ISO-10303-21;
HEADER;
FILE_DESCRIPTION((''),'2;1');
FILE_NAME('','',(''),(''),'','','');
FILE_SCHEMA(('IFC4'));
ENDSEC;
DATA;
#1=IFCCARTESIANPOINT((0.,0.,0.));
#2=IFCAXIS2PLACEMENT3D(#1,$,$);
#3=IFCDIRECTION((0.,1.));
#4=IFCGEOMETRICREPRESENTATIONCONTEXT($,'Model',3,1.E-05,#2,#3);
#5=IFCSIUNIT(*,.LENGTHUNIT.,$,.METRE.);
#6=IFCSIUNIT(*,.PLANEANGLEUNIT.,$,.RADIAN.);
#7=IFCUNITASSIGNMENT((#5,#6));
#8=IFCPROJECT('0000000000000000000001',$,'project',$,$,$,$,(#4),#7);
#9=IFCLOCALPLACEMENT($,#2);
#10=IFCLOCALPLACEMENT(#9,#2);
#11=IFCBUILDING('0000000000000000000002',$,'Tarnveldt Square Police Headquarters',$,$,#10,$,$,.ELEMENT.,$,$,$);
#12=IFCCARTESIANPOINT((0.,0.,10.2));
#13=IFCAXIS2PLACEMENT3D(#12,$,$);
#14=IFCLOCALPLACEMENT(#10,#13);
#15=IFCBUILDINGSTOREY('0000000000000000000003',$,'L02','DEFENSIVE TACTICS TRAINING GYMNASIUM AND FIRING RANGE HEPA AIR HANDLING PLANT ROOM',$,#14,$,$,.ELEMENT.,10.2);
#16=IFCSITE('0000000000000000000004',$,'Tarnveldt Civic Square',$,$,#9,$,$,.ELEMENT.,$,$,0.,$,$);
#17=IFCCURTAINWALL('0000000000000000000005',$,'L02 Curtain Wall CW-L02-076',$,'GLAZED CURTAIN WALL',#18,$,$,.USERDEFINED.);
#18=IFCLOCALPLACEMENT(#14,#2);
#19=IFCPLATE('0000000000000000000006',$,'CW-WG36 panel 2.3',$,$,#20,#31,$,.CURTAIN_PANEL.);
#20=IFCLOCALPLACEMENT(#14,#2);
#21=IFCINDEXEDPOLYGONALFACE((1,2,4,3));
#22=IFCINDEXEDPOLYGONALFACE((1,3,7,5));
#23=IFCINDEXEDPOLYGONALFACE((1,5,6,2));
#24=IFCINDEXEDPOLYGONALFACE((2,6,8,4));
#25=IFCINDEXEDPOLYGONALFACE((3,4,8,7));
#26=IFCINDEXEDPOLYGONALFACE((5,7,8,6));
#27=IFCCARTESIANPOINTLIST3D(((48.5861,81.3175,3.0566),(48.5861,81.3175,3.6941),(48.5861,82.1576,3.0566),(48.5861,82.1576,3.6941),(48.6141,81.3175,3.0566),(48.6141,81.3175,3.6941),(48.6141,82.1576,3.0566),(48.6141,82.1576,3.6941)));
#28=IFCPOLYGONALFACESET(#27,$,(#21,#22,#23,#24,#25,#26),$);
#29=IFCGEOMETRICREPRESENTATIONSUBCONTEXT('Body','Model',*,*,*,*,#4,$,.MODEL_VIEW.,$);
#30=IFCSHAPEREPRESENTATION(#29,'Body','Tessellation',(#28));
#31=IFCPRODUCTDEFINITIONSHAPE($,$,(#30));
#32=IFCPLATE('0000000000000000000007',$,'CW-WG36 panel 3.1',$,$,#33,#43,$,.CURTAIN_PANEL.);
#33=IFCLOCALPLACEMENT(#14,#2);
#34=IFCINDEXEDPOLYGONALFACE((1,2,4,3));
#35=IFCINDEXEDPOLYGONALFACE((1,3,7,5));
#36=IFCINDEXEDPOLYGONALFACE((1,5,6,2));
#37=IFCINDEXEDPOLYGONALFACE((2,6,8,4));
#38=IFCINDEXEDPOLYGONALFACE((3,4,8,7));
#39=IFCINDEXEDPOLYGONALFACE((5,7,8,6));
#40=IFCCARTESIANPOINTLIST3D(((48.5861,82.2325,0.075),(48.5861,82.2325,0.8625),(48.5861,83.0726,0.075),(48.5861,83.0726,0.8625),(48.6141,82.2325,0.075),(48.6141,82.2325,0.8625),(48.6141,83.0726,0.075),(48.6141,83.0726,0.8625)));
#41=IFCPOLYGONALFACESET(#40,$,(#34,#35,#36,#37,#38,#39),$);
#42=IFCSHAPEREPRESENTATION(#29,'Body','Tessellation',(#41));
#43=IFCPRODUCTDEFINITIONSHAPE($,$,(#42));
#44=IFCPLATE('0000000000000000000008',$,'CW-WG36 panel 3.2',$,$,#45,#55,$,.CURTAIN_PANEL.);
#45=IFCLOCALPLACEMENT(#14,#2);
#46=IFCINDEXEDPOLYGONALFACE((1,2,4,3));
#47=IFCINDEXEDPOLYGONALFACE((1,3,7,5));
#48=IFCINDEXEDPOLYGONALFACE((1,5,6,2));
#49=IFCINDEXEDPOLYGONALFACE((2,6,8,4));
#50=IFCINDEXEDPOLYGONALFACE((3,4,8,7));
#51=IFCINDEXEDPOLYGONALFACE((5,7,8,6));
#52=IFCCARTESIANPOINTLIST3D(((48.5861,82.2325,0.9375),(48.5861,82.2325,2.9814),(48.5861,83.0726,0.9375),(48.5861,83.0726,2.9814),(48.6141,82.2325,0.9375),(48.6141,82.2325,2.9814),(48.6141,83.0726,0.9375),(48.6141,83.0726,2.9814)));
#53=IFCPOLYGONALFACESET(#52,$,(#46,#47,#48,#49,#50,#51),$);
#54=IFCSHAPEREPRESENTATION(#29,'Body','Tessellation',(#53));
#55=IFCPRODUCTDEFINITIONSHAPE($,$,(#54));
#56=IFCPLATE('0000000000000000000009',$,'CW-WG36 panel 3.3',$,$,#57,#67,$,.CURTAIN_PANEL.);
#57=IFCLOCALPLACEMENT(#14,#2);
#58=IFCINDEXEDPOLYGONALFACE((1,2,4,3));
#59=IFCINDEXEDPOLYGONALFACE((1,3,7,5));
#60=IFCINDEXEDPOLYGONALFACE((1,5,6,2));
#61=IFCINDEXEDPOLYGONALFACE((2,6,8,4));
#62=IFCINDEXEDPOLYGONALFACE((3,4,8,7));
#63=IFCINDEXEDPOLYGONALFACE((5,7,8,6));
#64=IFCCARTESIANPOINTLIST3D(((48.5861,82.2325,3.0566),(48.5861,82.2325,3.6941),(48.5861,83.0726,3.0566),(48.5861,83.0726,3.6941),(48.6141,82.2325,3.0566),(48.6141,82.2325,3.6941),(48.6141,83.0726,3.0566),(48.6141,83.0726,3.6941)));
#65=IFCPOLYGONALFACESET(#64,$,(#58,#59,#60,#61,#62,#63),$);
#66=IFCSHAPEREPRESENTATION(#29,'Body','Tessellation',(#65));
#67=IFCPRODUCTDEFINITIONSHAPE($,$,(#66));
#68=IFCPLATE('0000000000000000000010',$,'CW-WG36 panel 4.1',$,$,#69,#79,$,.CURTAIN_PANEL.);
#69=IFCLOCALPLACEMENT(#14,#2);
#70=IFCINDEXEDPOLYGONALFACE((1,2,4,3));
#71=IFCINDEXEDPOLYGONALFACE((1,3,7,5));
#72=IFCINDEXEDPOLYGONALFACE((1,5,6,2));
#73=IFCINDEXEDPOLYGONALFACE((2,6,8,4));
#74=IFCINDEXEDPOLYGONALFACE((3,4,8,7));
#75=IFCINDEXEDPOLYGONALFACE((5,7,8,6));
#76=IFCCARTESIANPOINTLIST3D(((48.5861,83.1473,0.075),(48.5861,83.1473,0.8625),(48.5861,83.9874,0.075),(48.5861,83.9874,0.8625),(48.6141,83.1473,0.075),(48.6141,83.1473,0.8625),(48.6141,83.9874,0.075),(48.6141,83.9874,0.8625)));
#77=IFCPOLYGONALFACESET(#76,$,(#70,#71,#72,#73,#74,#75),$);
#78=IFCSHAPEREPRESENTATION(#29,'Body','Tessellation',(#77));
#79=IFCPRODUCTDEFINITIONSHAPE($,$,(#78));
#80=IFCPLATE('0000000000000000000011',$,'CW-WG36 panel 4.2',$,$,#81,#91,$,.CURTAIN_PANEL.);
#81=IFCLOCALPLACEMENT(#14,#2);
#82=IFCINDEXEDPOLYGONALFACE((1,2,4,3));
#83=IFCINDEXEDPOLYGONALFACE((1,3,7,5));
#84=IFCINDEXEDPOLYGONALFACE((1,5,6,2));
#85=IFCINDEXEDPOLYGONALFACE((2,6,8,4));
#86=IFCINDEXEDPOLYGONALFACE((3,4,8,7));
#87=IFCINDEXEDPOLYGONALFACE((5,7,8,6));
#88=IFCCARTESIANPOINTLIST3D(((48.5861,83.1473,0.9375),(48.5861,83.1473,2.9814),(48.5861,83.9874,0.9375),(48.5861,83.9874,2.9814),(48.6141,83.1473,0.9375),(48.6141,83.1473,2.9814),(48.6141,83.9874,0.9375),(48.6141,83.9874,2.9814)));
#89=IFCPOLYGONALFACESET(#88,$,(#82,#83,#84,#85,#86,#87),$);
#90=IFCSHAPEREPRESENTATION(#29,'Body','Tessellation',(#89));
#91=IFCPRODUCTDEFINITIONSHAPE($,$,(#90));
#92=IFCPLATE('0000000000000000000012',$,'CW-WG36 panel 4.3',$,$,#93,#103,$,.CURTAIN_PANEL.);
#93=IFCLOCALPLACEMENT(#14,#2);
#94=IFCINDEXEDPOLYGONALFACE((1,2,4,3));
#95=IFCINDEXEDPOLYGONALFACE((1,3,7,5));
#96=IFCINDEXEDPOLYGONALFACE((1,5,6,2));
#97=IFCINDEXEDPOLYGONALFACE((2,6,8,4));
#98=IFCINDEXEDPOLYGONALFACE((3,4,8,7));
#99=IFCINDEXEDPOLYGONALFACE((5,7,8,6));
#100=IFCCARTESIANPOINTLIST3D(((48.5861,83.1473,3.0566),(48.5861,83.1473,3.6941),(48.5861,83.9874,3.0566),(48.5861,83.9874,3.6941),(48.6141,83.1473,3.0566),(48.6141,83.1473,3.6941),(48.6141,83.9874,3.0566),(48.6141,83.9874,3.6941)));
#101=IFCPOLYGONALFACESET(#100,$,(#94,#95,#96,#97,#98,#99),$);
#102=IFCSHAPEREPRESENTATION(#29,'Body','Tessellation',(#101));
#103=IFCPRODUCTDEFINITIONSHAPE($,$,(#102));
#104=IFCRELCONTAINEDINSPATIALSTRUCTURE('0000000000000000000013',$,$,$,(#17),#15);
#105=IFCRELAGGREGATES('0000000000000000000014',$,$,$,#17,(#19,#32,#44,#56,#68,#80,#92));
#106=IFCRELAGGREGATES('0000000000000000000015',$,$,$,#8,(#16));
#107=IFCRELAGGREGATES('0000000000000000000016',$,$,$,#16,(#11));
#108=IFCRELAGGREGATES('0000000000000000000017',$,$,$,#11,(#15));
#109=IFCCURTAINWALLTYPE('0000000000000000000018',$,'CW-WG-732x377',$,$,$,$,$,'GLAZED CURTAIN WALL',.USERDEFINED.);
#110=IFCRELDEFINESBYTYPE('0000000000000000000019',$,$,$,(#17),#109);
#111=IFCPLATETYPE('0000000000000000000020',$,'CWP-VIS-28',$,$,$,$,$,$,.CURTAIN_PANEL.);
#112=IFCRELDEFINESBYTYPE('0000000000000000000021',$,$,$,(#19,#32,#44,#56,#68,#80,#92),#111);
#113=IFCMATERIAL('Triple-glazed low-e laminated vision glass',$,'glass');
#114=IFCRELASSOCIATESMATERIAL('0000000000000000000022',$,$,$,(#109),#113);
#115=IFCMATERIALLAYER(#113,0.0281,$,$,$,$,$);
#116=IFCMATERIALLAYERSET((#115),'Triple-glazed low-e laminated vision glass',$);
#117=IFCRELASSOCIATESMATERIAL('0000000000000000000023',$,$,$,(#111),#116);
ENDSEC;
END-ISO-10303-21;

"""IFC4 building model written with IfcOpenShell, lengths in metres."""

from ifc_helpers import new_model, si_unit, direction, frame, origin, origin_2d, place, context, subcontext, project, spatial, rectangle, extrude, material, layer, layer_set, type_object, element, aggregate, save


model = new_model("IFC4")

# Units and contexts
model_context = context("Model", 3, precision=1e-05, world=origin(), true_north=direction((0.0, 1.0)))
body_context = subcontext(model_context, "Body", "Model", "MODEL_VIEW")
ifc_project = project(units=[si_unit("LENGTHUNIT", "METRE"), si_unit("PLANEANGLEUNIT", "RADIAN")], contexts=[model_context])

# Site, building, storey
site_placement = place(None, origin())
site = spatial("IfcSite", under=ifc_project, at=site_placement, Name="Tarnveldt Civic Square", CompositionType="ELEMENT", RefElevation=0.0)
building_placement = place(site_placement, origin())
building = spatial("IfcBuilding", under=site, at=building_placement, Name="Tarnveldt Square Police Headquarters", CompositionType="ELEMENT")
storey_placement = place(building_placement, frame((0.0, 0.0, 10.2)))
storey = spatial("IfcBuildingStorey", under=building, at=storey_placement, Name="L02", Description="DEFENSIVE TACTICS TRAINING GYMNASIUM AND FIRING RANGE HEPA AIR HANDLING PLANT ROOM", CompositionType="ELEMENT", Elevation=10.2)

# Curtain wall, plates
ifc_material_1 = material(Name="Triple-glazed low-e laminated vision glass", Category="glass")
curtain_wall_type = type_object("IfcCurtainWallType", Name="CW-WG-732x377", ElementType="GLAZED CURTAIN WALL", PredefinedType="USERDEFINED", material=ifc_material_1)
curtain_wall_placement = place(storey_placement, origin())
curtain_wall = element("IfcCurtainWall", 1, at=curtain_wall_placement, inside=storey, type_object=curtain_wall_type, Name="L02 Curtain Wall CW-L02-076", ObjectType="GLAZED CURTAIN WALL", PredefinedType="USERDEFINED")
ifc_layer = layer(ifc_material_1, 0.0281)
ifc_layer_set = layer_set([ifc_layer], Name="Triple-glazed low-e laminated vision glass")
plate_type = type_object("IfcPlateType", Name="CWP-VIS-28", PredefinedType="CURTAIN_PANEL", material=ifc_layer_set)
plate_1_placement = place(storey_placement, frame((48.6001, 81.7375, 3.0566), z_axis=(0.0, 0.0, 1.0), x_axis=(0.0, 1.0, 0.0)))
plate_1 = element("IfcPlate", 2, at=plate_1_placement, type_object=plate_type, Name="CW-WG36 panel 2.3", PredefinedType="CURTAIN_PANEL", context=body_context, shape_type="SweptSolid", body=[
    extrude(rectangle(XDim=0.8401, YDim=0.0281, at=origin_2d()), origin(), (0.0, 0.0, 1.0), 0.6375),
])
plate_2_placement = place(storey_placement, frame((48.6001, 82.6526, 0.075), z_axis=(0.0, 0.0, 1.0), x_axis=(0.0, 1.0, 0.0)))
plate_2 = element("IfcPlate", 3, at=plate_2_placement, type_object=plate_type, Name="CW-WG36 panel 3.1", PredefinedType="CURTAIN_PANEL", context=body_context, shape_type="SweptSolid", body=[
    extrude(rectangle(XDim=0.8401, YDim=0.0281, at=origin_2d()), origin(), (0.0, 0.0, 1.0), 0.7876),
])
plate_3_placement = place(storey_placement, frame((48.6001, 82.6526, 0.9375), z_axis=(0.0, 0.0, 1.0), x_axis=(0.0, 1.0, 0.0)))
plate_3 = element("IfcPlate", 4, at=plate_3_placement, type_object=plate_type, Name="CW-WG36 panel 3.2", PredefinedType="CURTAIN_PANEL", context=body_context, shape_type="SweptSolid", body=[
    extrude(rectangle(XDim=0.8401, YDim=0.0281, at=origin_2d()), origin(), (0.0, 0.0, 1.0), 2.0439),
])
plate_4_placement = place(storey_placement, frame((48.6001, 82.6526, 3.0566), z_axis=(0.0, 0.0, 1.0), x_axis=(0.0, 1.0, 0.0)))
plate_4 = element("IfcPlate", 5, at=plate_4_placement, type_object=plate_type, Name="CW-WG36 panel 3.3", PredefinedType="CURTAIN_PANEL", context=body_context, shape_type="SweptSolid", body=[
    extrude(rectangle(XDim=0.8401, YDim=0.0281, at=origin_2d()), origin(), (0.0, 0.0, 1.0), 0.6375),
])
plate_5_placement = place(storey_placement, frame((48.6001, 83.5674, 0.075), z_axis=(0.0, 0.0, 1.0), x_axis=(0.0, 1.0, 0.0)))
plate_5 = element("IfcPlate", 6, at=plate_5_placement, type_object=plate_type, Name="CW-WG36 panel 4.1", PredefinedType="CURTAIN_PANEL", context=body_context, shape_type="SweptSolid", body=[
    extrude(rectangle(XDim=0.8401, YDim=0.0281, at=origin_2d()), origin(), (0.0, 0.0, 1.0), 0.7876),
])
plate_6_placement = place(storey_placement, frame((48.6001, 83.5674, 0.9375), z_axis=(0.0, 0.0, 1.0), x_axis=(0.0, 1.0, 0.0)))
plate_6 = element("IfcPlate", 7, at=plate_6_placement, type_object=plate_type, Name="CW-WG36 panel 4.2", PredefinedType="CURTAIN_PANEL", context=body_context, shape_type="SweptSolid", body=[
    extrude(rectangle(XDim=0.8401, YDim=0.0281, at=origin_2d()), origin(), (0.0, 0.0, 1.0), 2.0439),
])
plate_7_placement = place(storey_placement, frame((48.6001, 83.5674, 3.0566), z_axis=(0.0, 0.0, 1.0), x_axis=(0.0, 1.0, 0.0)))
plate_7 = element("IfcPlate", 8, at=plate_7_placement, type_object=plate_type, Name="CW-WG36 panel 4.3", PredefinedType="CURTAIN_PANEL", context=body_context, shape_type="SweptSolid", body=[
    extrude(rectangle(XDim=0.8401, YDim=0.0281, at=origin_2d()), origin(), (0.0, 0.0, 1.0), 0.6375),
])
aggregate(curtain_wall, [plate_1, plate_2, plate_3, plate_4, plate_5, plate_6, plate_7])

save(model, "model.ifc")
